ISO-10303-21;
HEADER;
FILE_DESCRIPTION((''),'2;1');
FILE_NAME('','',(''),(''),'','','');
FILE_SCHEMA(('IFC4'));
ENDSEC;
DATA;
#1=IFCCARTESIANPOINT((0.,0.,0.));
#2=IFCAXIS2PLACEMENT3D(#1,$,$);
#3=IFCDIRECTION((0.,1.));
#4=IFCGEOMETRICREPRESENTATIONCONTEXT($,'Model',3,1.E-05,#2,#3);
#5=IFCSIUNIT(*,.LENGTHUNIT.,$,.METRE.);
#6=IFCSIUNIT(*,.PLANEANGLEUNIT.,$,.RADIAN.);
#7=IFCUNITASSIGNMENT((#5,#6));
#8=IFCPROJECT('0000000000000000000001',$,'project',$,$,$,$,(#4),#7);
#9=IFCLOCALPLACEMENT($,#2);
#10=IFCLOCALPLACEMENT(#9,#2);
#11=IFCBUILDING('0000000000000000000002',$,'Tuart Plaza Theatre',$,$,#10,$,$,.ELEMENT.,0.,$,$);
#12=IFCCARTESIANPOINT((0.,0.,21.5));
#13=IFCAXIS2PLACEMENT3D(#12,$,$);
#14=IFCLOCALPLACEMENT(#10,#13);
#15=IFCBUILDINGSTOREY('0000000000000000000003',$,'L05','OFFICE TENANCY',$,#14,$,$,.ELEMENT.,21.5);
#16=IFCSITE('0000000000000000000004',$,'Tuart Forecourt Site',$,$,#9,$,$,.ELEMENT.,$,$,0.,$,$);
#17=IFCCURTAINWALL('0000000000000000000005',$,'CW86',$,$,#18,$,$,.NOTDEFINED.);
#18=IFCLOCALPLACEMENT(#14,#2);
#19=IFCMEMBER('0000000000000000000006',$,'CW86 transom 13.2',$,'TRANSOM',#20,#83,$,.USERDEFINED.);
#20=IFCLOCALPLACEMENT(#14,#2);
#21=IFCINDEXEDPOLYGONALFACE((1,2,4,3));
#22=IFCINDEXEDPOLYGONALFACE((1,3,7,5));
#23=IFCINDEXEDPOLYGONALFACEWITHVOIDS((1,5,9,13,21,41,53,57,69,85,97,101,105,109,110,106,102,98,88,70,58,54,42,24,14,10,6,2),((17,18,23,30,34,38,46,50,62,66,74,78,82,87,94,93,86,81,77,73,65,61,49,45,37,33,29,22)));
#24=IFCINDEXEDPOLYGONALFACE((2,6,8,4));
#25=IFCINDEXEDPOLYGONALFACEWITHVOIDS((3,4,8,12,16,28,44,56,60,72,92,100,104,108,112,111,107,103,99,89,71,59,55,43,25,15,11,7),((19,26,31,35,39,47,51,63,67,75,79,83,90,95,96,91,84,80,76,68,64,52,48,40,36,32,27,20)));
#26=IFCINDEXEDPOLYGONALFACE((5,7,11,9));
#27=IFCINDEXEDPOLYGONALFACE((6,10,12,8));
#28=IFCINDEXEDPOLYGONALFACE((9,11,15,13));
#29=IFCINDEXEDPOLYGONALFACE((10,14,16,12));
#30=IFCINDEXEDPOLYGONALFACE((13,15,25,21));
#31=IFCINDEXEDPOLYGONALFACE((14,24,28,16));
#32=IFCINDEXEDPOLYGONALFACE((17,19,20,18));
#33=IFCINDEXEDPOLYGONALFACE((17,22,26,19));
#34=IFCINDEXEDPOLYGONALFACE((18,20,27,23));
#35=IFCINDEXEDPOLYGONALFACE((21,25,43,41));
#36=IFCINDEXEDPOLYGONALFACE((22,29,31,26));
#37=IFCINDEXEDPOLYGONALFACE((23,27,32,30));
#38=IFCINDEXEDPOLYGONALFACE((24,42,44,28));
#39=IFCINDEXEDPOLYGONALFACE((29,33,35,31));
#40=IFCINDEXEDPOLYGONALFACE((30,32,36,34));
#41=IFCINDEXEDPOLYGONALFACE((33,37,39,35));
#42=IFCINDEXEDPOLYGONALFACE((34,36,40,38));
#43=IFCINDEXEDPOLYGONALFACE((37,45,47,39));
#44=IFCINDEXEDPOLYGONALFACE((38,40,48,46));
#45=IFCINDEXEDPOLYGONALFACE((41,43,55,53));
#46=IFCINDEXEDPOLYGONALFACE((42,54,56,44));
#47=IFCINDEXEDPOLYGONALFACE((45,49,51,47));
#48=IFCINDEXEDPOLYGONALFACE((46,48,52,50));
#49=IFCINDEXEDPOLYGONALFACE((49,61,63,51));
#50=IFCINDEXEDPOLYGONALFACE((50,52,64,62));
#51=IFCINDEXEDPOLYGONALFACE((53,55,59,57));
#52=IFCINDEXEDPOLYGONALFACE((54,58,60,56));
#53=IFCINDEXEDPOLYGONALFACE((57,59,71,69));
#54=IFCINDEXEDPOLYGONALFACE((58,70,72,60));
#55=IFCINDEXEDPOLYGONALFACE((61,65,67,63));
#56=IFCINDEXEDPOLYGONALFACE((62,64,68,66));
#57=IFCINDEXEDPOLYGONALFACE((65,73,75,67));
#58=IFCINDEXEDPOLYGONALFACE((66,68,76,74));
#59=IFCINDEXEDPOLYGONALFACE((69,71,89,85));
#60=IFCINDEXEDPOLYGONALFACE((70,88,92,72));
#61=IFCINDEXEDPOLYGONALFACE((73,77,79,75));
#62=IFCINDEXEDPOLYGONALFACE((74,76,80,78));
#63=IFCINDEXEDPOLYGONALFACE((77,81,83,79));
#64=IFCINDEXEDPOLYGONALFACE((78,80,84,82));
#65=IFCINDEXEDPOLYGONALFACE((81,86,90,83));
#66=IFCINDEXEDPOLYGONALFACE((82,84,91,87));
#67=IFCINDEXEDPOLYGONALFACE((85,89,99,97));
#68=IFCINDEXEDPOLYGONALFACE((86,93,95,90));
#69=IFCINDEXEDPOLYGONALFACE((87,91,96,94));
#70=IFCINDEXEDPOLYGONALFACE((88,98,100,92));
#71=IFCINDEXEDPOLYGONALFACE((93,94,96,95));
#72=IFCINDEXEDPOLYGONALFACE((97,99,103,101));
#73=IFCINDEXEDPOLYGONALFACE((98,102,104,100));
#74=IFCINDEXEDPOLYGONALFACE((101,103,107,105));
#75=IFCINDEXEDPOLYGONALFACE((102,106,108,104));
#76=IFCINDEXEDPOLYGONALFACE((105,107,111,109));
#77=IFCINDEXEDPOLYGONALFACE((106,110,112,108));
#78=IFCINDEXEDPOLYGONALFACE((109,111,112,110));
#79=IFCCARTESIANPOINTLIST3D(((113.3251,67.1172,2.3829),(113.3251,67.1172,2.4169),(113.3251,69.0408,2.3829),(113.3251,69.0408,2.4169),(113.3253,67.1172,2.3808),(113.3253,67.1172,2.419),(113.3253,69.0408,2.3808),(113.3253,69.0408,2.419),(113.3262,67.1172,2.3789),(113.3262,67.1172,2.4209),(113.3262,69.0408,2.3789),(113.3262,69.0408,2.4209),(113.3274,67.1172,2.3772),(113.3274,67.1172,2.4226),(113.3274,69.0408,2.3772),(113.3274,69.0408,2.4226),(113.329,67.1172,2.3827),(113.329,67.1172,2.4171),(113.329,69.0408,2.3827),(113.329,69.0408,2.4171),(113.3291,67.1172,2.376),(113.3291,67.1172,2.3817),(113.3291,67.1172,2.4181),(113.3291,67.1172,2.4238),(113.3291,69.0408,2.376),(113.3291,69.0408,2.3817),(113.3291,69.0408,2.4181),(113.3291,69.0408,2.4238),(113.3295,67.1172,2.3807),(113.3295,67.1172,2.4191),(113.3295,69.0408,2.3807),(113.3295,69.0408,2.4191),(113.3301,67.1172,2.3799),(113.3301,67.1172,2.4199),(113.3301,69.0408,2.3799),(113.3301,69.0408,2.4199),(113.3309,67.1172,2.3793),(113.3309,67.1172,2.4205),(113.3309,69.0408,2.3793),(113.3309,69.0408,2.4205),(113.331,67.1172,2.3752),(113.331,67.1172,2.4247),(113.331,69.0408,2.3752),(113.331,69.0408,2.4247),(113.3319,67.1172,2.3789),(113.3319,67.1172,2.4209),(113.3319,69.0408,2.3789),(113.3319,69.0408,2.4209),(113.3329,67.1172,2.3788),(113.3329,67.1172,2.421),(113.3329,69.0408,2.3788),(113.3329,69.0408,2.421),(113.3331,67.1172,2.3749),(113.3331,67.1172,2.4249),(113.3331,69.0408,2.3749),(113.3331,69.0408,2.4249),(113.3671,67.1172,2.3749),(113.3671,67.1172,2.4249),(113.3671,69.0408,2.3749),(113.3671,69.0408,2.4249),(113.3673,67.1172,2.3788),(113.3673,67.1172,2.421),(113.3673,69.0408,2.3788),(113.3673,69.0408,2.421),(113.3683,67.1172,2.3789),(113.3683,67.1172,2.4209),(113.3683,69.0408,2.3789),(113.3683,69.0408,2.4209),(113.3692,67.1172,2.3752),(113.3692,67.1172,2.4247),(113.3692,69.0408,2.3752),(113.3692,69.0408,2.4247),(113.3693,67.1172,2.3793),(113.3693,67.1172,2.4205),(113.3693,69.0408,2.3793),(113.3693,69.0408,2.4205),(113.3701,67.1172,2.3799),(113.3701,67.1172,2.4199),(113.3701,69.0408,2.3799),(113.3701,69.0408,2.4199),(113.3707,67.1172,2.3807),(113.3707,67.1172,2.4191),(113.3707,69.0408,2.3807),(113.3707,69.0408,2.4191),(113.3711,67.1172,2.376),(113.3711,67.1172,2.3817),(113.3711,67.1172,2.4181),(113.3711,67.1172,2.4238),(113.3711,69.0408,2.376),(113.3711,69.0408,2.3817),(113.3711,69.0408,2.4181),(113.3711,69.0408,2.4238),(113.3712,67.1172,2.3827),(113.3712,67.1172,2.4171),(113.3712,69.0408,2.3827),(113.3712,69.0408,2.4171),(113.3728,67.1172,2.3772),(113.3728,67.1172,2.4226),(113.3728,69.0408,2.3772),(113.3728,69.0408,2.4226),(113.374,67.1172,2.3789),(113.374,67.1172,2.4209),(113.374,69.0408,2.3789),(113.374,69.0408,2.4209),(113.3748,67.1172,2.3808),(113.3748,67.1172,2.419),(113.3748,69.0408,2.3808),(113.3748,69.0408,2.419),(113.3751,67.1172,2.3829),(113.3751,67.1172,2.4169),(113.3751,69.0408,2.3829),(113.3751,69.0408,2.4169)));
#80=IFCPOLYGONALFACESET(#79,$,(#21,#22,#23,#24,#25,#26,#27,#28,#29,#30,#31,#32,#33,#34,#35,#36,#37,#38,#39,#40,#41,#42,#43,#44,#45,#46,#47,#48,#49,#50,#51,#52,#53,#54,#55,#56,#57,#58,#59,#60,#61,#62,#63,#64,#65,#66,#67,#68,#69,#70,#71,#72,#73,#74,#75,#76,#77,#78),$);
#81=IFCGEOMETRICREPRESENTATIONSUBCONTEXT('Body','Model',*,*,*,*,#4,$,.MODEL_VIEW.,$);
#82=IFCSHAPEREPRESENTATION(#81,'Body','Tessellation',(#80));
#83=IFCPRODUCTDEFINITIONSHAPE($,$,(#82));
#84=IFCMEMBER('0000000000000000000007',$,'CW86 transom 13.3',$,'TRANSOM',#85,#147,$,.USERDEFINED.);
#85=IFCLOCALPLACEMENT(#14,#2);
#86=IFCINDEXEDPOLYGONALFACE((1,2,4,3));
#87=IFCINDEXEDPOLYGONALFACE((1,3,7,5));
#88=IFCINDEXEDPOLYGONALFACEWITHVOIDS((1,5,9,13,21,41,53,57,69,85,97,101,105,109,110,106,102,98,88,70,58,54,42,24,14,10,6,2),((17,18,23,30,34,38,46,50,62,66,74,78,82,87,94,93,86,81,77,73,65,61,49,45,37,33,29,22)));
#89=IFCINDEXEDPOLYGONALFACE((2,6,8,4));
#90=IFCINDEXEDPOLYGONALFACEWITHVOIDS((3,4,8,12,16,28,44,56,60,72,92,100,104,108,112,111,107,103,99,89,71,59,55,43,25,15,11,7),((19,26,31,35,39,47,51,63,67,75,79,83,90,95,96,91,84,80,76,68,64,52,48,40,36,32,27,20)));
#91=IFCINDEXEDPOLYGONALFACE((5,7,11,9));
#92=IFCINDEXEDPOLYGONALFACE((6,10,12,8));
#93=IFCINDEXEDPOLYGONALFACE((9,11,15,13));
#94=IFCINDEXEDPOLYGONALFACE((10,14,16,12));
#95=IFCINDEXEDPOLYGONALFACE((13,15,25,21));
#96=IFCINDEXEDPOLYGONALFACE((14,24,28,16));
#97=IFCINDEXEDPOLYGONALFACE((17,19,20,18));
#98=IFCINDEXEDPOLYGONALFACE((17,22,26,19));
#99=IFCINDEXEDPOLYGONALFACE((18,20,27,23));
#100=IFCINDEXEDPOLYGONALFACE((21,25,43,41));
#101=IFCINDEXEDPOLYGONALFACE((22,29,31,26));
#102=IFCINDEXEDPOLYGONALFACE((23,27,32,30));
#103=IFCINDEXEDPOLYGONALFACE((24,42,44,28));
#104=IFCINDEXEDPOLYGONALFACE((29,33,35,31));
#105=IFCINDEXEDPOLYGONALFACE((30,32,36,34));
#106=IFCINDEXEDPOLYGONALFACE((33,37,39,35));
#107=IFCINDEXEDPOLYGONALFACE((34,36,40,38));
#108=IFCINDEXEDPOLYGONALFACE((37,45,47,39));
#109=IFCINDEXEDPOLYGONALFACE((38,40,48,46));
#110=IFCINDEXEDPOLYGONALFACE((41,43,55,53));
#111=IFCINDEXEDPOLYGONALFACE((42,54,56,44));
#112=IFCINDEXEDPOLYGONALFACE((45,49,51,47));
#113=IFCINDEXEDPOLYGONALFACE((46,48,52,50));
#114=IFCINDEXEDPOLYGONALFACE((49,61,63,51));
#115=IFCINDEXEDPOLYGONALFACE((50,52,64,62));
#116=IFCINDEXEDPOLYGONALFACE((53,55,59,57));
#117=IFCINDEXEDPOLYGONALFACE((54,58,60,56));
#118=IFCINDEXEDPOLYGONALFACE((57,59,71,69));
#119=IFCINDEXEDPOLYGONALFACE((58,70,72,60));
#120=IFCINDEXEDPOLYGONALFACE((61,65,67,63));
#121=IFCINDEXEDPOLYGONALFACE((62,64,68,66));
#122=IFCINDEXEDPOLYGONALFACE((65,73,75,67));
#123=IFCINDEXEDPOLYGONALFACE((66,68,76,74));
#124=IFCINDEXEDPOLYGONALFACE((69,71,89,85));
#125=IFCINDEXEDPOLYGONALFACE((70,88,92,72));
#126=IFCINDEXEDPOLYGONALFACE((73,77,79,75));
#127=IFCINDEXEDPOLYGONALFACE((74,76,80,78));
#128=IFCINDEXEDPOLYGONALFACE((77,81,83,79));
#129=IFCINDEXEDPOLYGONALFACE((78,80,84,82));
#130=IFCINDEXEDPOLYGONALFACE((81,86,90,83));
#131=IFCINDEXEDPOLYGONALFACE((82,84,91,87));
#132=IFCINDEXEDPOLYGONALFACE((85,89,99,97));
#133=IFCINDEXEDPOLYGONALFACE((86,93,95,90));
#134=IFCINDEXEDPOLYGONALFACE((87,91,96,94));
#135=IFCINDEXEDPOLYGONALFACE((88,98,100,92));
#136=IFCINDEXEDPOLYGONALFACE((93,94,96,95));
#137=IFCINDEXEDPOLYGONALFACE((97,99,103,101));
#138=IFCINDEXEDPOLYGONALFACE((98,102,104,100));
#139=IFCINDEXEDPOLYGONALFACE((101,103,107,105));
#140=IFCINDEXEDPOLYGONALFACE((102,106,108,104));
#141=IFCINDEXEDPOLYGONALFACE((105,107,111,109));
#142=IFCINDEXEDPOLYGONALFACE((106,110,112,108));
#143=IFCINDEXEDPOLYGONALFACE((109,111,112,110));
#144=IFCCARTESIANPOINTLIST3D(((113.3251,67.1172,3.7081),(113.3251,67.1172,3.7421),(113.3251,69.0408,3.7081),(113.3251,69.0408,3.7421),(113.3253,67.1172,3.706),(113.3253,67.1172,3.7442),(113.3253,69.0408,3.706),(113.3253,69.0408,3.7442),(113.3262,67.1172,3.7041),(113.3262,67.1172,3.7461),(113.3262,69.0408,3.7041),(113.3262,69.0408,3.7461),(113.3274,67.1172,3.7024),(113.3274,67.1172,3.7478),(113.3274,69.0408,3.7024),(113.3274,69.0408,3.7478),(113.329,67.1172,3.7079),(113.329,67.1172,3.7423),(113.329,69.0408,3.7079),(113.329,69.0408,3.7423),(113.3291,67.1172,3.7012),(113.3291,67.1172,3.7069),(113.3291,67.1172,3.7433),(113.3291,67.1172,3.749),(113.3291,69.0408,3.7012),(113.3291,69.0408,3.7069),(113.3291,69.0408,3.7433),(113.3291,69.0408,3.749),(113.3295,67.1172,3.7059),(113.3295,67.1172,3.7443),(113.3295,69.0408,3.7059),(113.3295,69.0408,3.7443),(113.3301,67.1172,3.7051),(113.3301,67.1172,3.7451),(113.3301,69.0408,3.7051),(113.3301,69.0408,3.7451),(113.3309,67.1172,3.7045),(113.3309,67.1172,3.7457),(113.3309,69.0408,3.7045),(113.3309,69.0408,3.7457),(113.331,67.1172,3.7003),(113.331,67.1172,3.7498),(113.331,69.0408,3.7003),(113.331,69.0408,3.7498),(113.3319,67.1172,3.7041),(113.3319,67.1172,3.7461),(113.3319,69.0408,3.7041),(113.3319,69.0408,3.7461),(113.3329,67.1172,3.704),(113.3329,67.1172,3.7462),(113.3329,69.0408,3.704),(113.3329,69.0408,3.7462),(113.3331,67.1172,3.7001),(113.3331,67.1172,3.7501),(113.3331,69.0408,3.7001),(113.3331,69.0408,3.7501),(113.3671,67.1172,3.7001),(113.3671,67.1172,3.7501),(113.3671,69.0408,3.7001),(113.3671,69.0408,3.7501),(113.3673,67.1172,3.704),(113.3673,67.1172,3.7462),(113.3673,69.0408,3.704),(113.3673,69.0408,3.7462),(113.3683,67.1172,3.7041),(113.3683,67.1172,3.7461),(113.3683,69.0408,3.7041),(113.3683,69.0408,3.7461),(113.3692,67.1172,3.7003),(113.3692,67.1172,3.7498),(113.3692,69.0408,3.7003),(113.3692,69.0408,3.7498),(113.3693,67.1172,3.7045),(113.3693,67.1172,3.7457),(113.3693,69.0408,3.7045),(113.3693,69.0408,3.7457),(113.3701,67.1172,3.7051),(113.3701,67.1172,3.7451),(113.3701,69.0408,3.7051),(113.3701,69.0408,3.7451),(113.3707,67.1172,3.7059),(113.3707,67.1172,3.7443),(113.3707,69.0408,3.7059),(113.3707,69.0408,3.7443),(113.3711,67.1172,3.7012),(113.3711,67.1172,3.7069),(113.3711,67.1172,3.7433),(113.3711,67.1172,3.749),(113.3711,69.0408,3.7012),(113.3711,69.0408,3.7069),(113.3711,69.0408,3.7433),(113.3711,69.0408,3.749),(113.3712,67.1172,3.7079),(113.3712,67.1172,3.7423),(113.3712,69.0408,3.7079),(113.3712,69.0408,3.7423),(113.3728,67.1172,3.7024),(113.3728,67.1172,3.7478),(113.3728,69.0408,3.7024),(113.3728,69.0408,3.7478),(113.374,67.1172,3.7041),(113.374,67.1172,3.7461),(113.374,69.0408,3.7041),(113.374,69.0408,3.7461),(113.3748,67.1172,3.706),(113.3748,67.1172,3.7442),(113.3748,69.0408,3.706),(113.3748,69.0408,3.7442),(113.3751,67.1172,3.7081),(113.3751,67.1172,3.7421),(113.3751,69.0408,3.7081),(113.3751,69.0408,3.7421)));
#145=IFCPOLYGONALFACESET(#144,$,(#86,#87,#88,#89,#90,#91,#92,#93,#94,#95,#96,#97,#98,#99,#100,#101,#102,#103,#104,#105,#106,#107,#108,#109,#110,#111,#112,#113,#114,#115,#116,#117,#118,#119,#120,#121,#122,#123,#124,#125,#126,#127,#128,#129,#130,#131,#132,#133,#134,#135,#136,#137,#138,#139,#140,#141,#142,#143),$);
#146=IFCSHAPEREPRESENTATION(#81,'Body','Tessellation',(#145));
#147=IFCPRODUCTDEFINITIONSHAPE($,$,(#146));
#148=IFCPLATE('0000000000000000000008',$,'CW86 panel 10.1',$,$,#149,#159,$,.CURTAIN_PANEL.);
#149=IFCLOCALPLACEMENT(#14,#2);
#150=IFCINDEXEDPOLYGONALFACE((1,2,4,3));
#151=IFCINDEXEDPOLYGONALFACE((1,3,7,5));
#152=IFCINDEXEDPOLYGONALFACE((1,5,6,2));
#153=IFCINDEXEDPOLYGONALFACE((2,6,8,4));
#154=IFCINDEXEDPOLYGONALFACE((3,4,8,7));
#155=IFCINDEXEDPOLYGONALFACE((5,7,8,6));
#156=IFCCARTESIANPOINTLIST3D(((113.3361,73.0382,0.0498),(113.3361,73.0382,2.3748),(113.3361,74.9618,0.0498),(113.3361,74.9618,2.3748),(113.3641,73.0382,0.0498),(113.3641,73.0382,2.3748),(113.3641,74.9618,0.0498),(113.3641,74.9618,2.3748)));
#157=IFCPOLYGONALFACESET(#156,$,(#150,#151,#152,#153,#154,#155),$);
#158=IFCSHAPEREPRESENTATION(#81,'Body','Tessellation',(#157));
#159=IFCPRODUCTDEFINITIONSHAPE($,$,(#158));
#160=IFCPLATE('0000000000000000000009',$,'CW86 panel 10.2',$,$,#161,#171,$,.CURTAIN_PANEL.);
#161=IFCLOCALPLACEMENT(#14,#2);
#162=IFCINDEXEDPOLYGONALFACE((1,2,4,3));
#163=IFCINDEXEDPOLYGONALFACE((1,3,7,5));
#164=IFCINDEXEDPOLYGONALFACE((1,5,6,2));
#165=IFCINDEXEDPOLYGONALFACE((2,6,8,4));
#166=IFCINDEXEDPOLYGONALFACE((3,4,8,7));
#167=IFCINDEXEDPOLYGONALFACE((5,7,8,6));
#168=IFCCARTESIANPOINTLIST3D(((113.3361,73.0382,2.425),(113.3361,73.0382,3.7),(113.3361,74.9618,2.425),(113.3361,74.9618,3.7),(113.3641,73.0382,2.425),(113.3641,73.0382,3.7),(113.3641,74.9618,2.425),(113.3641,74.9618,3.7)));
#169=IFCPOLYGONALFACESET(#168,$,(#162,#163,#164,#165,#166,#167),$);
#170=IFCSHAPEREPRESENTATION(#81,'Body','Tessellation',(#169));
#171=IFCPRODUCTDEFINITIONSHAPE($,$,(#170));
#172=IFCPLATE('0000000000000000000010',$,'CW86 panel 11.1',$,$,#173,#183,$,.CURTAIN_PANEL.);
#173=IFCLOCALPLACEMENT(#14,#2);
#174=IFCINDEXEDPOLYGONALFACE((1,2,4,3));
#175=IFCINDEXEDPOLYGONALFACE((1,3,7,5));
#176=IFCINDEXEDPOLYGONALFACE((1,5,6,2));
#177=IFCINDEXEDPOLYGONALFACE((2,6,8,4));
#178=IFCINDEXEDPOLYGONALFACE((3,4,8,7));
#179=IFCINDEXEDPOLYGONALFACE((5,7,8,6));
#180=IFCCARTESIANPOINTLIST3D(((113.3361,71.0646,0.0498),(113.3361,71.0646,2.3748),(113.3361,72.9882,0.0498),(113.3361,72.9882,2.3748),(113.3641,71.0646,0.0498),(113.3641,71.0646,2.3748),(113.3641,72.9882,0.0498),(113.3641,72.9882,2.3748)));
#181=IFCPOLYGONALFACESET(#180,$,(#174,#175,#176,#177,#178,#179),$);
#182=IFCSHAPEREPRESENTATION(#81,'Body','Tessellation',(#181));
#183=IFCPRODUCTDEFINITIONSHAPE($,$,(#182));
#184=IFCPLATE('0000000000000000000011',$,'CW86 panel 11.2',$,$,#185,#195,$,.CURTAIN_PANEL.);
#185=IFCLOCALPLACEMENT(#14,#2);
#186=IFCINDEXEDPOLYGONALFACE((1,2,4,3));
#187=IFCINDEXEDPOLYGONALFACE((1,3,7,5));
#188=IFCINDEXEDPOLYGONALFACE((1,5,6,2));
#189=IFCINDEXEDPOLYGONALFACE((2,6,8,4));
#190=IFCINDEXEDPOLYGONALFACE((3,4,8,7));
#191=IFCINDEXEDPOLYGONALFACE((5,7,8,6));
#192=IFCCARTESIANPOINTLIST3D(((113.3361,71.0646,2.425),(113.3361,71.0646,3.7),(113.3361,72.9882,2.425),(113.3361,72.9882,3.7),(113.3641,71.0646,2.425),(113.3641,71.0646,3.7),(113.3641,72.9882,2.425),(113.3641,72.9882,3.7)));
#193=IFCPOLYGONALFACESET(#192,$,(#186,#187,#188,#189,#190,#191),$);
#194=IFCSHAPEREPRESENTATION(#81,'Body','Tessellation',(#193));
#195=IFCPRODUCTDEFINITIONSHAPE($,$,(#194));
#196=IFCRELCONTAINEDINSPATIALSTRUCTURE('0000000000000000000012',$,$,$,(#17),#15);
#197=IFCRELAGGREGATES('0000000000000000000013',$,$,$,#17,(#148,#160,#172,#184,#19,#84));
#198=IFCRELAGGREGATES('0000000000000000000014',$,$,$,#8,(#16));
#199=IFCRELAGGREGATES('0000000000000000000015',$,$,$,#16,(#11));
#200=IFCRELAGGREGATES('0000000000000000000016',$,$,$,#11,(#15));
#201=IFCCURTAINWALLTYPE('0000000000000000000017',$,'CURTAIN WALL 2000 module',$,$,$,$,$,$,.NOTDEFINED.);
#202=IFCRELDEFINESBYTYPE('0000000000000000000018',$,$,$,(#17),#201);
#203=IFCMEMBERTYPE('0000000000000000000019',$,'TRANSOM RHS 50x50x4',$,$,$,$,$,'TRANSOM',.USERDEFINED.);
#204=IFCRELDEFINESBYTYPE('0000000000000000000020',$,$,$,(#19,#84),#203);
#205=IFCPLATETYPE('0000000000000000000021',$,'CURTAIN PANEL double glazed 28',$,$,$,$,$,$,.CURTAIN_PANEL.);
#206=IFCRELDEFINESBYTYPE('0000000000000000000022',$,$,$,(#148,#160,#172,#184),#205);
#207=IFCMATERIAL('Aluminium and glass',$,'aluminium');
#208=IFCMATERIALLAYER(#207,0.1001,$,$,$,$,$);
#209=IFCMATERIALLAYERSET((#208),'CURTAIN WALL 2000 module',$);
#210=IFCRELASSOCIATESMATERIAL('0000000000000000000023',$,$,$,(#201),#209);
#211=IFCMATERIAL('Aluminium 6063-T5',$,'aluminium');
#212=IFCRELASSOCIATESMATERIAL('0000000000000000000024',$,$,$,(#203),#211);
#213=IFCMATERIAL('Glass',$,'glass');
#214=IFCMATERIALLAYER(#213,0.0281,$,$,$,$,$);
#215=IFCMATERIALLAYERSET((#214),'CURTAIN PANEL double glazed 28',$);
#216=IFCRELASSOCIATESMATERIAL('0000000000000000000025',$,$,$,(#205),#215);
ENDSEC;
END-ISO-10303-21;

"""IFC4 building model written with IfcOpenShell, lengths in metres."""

from ifc_helpers import new_model, si_unit, direction, frame, origin, origin_2d, place, context, subcontext, project, spatial, rectangle, hollow_rectangle, extrude, material, layer, layer_set, material_profile, profile_set, type_object, element, aggregate, save


model = new_model("IFC4")

# Units and contexts
model_context = context("Model", 3, precision=1e-05, world=origin(), true_north=direction((0.0, 1.0)))
body_context = subcontext(model_context, "Body", "Model", "MODEL_VIEW")
ifc_project = project(units=[si_unit("LENGTHUNIT", "METRE"), si_unit("PLANEANGLEUNIT", "RADIAN")], contexts=[model_context])

# Site, building, storey
site_placement = place(None, origin())
site = spatial("IfcSite", under=ifc_project, at=site_placement, Name="Tuart Forecourt Site", CompositionType="ELEMENT", RefElevation=0.0)
building_placement = place(site_placement, origin())
building = spatial("IfcBuilding", under=site, at=building_placement, Name="Tuart Plaza Theatre", CompositionType="ELEMENT", ElevationOfRefHeight=0.0)
storey_placement = place(building_placement, frame((0.0, 0.0, 21.5)))
storey = spatial("IfcBuildingStorey", under=building, at=storey_placement, Name="L05", Description="OFFICE TENANCY", CompositionType="ELEMENT", Elevation=21.5)

# Curtain wall, members, plates
ifc_material_1 = material(Name="Aluminium and glass", Category="aluminium")
ifc_layer_1 = layer(ifc_material_1, 0.1001)
ifc_layer_set_1 = layer_set([ifc_layer_1], Name="CURTAIN WALL 2000 module")
curtain_wall_type = type_object("IfcCurtainWallType", Name="CURTAIN WALL 2000 module", PredefinedType="NOTDEFINED", material=ifc_layer_set_1)
curtain_wall_placement = place(storey_placement, origin())
curtain_wall = element("IfcCurtainWall", 1, at=curtain_wall_placement, inside=storey, type_object=curtain_wall_type, Name="CW86", PredefinedType="NOTDEFINED")
ifc_material_2 = material(Name="Aluminium 6063-T5", Category="aluminium")
ifc_material_profile_1 = material_profile(ifc_material_2, hollow_rectangle(XDim=0.05, YDim=0.05, WallThickness=0.0039, InnerFilletRadius=0.0039, OuterFilletRadius=0.0081, at=origin_2d()), Name="RHS 50x50x4")
ifc_profile_set_1 = profile_set([ifc_material_profile_1], Name="Aluminium 6063-T5")
member_type_1 = type_object("IfcMemberType", Name="TRANSOM RHS 50x50x4", ElementType="TRANSOM", PredefinedType="USERDEFINED", material=ifc_profile_set_1)
member_1_placement = place(storey_placement, frame((113.3501, 69.0408, 2.3999), z_axis=(0.0, -1.0, 0.0), x_axis=(1.0, 0.0, 0.0)))
member_1 = element("IfcMember", 2, at=member_1_placement, type_object=member_type_1, Name="CW86 transom 13.2", ObjectType="TRANSOM", PredefinedType="USERDEFINED", context=body_context, shape_type="SweptSolid", body=[
    extrude(hollow_rectangle(XDim=0.05, YDim=0.05, WallThickness=0.0039, InnerFilletRadius=0.0039, OuterFilletRadius=0.0081, at=origin_2d()), origin(), (0.0, 0.0, 1.0), 1.9236),
])
member_2_placement = place(storey_placement, frame((113.3501, 69.0408, 3.7251), z_axis=(0.0, -1.0, 0.0), x_axis=(1.0, 0.0, 0.0)))
member_2 = element("IfcMember", 3, at=member_2_placement, type_object=member_type_1, Name="CW86 transom 13.3", ObjectType="TRANSOM", PredefinedType="USERDEFINED", context=body_context, shape_type="SweptSolid", body=[
    extrude(hollow_rectangle(XDim=0.05, YDim=0.05, WallThickness=0.0039, InnerFilletRadius=0.0039, OuterFilletRadius=0.0081, at=origin_2d()), origin(), (0.0, 0.0, 1.0), 1.9236),
])
ifc_material_3 = material(Name="Glass", Category="glass")
ifc_layer_2 = layer(ifc_material_3, 0.0281)
ifc_layer_set_2 = layer_set([ifc_layer_2], Name="CURTAIN PANEL double glazed 28")
plate_type = type_object("IfcPlateType", Name="CURTAIN PANEL double glazed 28", PredefinedType="CURTAIN_PANEL", material=ifc_layer_set_2)
plate_1_placement = place(storey_placement, frame((113.3501, 74.0, 0.0498), z_axis=(0.0, 0.0, 1.0), x_axis=(0.0, -1.0, 0.0)))
plate_1 = element("IfcPlate", 4, at=plate_1_placement, type_object=plate_type, Name="CW86 panel 10.1", PredefinedType="CURTAIN_PANEL", context=body_context, shape_type="SweptSolid", body=[
    extrude(rectangle(XDim=1.9236, YDim=0.0281, at=origin_2d()), origin(), (0.0, 0.0, 1.0), 2.325),
])
plate_2_placement = place(storey_placement, frame((113.3501, 74.0, 2.425), z_axis=(0.0, 0.0, 1.0), x_axis=(0.0, -1.0, 0.0)))
plate_2 = element("IfcPlate", 5, at=plate_2_placement, type_object=plate_type, Name="CW86 panel 10.2", PredefinedType="CURTAIN_PANEL", context=body_context, shape_type="SweptSolid", body=[
    extrude(rectangle(XDim=1.9236, YDim=0.0281, at=origin_2d()), origin(), (0.0, 0.0, 1.0), 1.2749),
])
plate_3_placement = place(storey_placement, frame((113.3501, 72.0264, 0.0498), z_axis=(0.0, 0.0, 1.0), x_axis=(0.0, -1.0, 0.0)))
plate_3 = element("IfcPlate", 6, at=plate_3_placement, type_object=plate_type, Name="CW86 panel 11.1", PredefinedType="CURTAIN_PANEL", context=body_context, shape_type="SweptSolid", body=[
    extrude(rectangle(XDim=1.9236, YDim=0.0281, at=origin_2d()), origin(), (0.0, 0.0, 1.0), 2.325),
])
plate_4_placement = place(storey_placement, frame((113.3501, 72.0264, 2.425), z_axis=(0.0, 0.0, 1.0), x_axis=(0.0, -1.0, 0.0)))
plate_4 = element("IfcPlate", 7, at=plate_4_placement, type_object=plate_type, Name="CW86 panel 11.2", PredefinedType="CURTAIN_PANEL", context=body_context, shape_type="SweptSolid", body=[
    extrude(rectangle(XDim=1.9236, YDim=0.0281, at=origin_2d()), origin(), (0.0, 0.0, 1.0), 1.2749),
])
aggregate(curtain_wall, [plate_1, plate_2, plate_3, plate_4, member_1, member_2])

save(model, "model.ifc")
